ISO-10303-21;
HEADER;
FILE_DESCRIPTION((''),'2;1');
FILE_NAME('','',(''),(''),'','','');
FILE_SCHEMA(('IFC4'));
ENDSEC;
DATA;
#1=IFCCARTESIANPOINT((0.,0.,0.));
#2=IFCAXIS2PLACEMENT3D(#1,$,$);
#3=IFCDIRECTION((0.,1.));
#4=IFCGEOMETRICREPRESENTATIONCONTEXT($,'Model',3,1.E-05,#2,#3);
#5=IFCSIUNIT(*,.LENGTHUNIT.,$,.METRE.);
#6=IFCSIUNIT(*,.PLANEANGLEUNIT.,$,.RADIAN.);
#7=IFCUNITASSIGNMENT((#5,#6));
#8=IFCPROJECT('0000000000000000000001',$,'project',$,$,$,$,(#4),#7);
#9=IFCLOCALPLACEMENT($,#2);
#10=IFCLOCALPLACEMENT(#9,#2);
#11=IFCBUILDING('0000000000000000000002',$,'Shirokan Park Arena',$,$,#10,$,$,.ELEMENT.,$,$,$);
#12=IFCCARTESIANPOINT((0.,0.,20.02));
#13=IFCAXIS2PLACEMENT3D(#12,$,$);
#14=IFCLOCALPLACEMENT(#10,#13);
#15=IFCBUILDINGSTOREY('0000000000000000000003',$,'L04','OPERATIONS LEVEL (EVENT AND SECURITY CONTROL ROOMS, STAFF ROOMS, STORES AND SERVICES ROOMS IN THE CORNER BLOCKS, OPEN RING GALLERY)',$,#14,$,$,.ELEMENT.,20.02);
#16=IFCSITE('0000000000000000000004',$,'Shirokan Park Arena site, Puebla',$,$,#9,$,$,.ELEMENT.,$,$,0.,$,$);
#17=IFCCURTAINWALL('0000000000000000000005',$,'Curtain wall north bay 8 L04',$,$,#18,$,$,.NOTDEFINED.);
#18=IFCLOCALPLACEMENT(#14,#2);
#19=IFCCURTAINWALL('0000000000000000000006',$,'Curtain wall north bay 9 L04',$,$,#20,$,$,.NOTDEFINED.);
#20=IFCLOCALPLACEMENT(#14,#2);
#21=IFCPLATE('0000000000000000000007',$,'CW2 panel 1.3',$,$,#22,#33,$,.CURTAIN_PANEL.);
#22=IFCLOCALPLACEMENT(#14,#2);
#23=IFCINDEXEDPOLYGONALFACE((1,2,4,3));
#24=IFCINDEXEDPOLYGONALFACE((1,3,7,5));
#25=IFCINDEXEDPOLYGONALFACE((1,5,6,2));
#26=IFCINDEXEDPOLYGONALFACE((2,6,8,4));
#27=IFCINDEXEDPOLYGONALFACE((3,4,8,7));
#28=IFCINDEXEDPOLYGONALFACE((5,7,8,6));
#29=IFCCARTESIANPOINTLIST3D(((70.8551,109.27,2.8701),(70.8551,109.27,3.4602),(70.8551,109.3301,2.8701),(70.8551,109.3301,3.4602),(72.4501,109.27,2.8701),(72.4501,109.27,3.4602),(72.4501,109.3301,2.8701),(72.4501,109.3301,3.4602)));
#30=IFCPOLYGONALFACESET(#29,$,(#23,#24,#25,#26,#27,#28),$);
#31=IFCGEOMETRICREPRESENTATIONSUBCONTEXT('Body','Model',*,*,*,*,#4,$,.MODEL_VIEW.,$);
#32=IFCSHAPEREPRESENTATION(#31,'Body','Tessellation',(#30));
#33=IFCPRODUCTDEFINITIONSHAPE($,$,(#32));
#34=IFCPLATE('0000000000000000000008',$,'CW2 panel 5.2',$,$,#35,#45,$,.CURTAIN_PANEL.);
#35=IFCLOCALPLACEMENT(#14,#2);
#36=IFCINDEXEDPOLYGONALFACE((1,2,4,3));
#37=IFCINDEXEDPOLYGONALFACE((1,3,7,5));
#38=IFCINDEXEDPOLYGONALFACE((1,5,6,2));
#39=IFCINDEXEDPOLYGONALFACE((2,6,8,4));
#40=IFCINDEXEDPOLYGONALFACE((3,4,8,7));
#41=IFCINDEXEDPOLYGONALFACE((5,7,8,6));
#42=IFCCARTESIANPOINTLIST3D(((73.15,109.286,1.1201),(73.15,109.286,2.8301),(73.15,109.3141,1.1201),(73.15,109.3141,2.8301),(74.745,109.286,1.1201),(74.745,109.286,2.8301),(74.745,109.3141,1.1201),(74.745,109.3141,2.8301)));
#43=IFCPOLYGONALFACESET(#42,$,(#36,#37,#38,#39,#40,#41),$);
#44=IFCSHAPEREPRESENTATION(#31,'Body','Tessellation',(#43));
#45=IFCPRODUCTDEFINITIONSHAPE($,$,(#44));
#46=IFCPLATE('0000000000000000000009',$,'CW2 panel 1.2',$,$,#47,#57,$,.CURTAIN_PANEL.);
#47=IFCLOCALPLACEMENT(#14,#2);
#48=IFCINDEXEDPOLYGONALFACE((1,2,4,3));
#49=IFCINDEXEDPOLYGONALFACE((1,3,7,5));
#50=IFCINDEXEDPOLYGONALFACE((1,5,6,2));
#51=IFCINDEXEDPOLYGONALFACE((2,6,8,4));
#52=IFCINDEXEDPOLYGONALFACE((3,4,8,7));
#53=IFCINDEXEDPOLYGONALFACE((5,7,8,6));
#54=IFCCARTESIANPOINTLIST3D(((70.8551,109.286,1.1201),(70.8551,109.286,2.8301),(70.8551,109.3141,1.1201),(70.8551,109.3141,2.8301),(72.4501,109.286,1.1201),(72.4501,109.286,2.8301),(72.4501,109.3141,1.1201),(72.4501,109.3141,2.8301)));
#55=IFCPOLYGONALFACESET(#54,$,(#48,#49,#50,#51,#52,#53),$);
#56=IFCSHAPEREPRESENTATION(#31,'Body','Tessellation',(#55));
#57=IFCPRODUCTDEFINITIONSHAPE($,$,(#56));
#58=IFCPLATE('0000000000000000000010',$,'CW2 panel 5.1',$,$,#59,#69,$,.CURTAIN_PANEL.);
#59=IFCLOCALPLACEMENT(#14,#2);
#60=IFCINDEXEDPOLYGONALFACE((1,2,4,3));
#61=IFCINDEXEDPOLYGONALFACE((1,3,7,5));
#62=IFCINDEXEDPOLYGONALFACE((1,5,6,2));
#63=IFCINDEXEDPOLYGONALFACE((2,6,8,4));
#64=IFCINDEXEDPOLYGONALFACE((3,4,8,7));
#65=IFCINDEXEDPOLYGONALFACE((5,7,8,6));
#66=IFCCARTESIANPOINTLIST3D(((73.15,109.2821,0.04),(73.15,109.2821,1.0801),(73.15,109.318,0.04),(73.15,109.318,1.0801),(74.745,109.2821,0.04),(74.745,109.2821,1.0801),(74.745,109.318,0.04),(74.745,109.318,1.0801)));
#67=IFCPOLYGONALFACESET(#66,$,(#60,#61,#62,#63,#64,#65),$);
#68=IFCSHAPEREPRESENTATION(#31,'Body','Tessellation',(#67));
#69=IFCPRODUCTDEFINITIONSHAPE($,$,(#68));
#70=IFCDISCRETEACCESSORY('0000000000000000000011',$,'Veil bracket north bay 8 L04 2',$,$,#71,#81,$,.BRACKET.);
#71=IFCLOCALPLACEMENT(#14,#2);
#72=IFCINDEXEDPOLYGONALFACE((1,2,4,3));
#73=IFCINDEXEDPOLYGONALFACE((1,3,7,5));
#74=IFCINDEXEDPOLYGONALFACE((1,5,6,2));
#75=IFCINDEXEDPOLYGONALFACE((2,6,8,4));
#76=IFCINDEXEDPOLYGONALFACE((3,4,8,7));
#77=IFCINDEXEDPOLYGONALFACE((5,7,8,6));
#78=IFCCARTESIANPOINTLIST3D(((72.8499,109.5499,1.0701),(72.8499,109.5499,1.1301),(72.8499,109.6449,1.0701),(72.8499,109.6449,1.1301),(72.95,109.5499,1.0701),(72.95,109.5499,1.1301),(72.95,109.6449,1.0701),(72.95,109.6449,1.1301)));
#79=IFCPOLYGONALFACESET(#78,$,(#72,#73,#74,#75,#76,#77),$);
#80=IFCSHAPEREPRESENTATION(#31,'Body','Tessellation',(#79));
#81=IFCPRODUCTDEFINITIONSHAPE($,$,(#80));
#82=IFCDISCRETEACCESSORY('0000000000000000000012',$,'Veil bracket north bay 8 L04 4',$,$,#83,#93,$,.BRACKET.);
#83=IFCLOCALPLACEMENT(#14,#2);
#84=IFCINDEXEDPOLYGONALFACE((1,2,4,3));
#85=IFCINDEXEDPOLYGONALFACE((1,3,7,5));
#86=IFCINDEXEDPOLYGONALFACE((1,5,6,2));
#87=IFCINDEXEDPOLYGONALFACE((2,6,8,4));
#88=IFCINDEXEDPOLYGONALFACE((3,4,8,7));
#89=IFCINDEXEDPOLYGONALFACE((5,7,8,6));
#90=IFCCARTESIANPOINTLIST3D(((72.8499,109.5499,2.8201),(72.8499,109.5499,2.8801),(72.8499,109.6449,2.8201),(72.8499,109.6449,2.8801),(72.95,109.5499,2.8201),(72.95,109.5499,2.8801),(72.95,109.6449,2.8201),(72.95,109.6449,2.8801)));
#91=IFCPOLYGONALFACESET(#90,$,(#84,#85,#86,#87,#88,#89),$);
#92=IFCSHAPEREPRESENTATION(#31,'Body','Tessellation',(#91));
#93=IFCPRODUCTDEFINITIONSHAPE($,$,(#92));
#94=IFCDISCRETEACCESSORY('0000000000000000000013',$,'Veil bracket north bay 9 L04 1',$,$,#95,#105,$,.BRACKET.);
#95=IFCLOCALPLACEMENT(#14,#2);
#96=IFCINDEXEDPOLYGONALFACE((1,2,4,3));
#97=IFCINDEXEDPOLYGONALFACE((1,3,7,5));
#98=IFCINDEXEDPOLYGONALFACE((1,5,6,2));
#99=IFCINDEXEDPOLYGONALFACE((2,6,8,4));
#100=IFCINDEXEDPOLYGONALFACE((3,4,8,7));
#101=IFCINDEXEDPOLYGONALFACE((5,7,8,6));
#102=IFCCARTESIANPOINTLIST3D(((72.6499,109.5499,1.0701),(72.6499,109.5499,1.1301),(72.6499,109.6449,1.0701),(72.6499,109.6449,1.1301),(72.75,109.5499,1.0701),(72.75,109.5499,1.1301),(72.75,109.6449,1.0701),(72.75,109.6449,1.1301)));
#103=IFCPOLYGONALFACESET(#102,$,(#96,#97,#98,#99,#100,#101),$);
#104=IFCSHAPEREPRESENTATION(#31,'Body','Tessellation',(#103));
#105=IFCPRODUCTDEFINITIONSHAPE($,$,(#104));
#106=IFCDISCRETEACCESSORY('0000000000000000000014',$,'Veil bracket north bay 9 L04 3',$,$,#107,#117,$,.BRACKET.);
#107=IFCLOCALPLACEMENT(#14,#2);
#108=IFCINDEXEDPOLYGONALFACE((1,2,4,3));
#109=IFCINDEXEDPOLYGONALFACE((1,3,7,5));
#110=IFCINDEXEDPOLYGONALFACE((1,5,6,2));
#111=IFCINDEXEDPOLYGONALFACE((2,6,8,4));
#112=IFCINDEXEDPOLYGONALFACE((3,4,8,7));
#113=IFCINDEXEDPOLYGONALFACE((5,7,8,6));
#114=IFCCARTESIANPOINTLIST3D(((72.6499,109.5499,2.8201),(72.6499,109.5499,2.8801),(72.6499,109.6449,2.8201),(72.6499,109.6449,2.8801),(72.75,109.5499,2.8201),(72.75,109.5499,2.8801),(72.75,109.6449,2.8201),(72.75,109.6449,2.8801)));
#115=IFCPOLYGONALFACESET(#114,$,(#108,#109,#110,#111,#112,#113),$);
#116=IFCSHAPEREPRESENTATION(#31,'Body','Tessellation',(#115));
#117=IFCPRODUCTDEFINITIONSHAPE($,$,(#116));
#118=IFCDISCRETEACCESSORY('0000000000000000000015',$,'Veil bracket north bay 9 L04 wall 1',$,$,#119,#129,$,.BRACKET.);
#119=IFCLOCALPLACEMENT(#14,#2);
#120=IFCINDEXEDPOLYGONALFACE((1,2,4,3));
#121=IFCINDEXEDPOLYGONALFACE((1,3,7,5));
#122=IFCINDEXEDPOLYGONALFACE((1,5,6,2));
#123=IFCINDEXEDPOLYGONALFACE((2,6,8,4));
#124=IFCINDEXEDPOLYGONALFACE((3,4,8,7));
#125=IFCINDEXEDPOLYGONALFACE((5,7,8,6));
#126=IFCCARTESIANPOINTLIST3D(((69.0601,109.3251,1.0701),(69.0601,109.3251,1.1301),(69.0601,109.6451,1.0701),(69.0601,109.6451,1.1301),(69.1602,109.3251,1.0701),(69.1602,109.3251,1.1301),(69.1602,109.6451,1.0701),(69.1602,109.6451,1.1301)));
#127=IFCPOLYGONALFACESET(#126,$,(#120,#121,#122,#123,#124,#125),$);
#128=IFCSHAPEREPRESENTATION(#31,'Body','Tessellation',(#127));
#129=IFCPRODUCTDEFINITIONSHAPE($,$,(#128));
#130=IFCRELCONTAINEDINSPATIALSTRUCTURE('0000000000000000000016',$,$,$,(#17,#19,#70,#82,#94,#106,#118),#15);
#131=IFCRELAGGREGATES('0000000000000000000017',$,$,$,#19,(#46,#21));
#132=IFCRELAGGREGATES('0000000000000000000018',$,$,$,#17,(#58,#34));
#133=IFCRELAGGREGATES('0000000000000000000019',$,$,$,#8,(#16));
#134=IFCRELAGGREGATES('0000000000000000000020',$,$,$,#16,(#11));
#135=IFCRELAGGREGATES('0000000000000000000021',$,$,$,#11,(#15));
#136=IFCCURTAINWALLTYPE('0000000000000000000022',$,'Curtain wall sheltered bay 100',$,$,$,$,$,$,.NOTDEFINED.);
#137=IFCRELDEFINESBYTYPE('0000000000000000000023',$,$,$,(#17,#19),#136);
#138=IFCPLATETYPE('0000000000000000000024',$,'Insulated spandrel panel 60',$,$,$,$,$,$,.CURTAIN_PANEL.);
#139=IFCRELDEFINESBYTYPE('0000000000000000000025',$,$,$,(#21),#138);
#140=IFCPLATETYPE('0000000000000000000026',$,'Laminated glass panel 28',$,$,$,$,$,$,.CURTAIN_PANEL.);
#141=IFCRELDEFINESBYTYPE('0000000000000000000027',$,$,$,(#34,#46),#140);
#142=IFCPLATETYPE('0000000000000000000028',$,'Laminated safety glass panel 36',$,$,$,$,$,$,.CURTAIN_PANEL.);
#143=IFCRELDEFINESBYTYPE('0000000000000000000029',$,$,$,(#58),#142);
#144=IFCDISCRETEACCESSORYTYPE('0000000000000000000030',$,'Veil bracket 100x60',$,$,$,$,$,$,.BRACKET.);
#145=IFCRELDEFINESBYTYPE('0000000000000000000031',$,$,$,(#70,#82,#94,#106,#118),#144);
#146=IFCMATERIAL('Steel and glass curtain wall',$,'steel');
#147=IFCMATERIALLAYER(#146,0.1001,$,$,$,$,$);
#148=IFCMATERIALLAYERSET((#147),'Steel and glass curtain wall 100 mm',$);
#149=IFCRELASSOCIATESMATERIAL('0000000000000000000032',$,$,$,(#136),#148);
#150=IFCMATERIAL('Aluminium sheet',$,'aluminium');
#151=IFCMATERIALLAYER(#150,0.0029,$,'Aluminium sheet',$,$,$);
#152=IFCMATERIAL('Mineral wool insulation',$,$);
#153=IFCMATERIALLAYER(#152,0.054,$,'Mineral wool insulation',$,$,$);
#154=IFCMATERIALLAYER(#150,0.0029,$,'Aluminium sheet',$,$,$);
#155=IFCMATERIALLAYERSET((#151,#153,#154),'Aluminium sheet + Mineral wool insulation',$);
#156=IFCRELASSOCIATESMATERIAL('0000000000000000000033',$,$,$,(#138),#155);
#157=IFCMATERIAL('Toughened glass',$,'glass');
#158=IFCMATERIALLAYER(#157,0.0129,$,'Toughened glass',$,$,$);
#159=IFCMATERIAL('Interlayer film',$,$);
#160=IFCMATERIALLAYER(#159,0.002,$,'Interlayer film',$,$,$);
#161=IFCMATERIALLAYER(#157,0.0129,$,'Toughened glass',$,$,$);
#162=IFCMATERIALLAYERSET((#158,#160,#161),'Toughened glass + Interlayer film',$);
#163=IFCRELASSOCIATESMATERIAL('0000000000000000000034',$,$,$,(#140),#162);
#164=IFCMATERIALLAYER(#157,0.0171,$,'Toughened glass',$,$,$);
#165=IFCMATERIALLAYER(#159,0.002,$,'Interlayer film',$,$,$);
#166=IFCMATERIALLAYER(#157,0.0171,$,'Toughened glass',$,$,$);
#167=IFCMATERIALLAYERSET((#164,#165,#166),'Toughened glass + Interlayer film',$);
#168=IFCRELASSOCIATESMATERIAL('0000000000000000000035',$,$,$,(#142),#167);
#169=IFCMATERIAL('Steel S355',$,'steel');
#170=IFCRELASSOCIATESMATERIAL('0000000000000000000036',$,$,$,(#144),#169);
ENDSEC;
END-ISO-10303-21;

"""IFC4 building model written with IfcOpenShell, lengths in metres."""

from ifc_helpers import new_model, si_unit, direction, frame, origin, origin_2d, place, context, subcontext, project, spatial, rectangle, extrude, material, layer, layer_set, type_object, element, aggregate, save


model = new_model("IFC4")

# Units and contexts
model_context = context("Model", 3, precision=1e-05, world=origin(), true_north=direction((0.0, 1.0)))
body_context = subcontext(model_context, "Body", "Model", "MODEL_VIEW")
ifc_project = project(units=[si_unit("LENGTHUNIT", "METRE"), si_unit("PLANEANGLEUNIT", "RADIAN")], contexts=[model_context])

# Site, building, storey
site_placement = place(None, origin())
site = spatial("IfcSite", under=ifc_project, at=site_placement, Name="Shirokan Park Arena site, Puebla", CompositionType="ELEMENT", RefElevation=0.0)
building_placement = place(site_placement, origin())
building = spatial("IfcBuilding", under=site, at=building_placement, Name="Shirokan Park Arena", CompositionType="ELEMENT")
storey_placement = place(building_placement, frame((0.0, 0.0, 20.02)))
storey = spatial("IfcBuildingStorey", under=building, at=storey_placement, Name="L04", Description="OPERATIONS LEVEL (EVENT AND SECURITY CONTROL ROOMS, STAFF ROOMS, STORES AND SERVICES ROOMS IN THE CORNER BLOCKS, OPEN RING GALLERY)", CompositionType="ELEMENT", Elevation=20.02)

# Curtain walls
ifc_material_1 = material(Name="Steel and glass curtain wall", Category="steel")
ifc_layer_1 = layer(ifc_material_1, 0.1001)
ifc_layer_set_1 = layer_set([ifc_layer_1], Name="Steel and glass curtain wall 100 mm")
curtain_wall_type = type_object("IfcCurtainWallType", Name="Curtain wall sheltered bay 100", PredefinedType="NOTDEFINED", material=ifc_layer_set_1)
curtain_wall_1_placement = place(storey_placement, origin())
curtain_wall_1 = element("IfcCurtainWall", 1, at=curtain_wall_1_placement, inside=storey, type_object=curtain_wall_type, Name="Curtain wall north bay 8 L04", PredefinedType="NOTDEFINED")
ifc_material_2 = material(Name="Steel S355", Category="steel")
curtain_wall_2_placement = place(storey_placement, origin())
curtain_wall_2 = element("IfcCurtainWall", 2, at=curtain_wall_2_placement, inside=storey, type_object=curtain_wall_type, Name="Curtain wall north bay 9 L04", PredefinedType="NOTDEFINED")

# Plates
ifc_material_3 = material(Name="Aluminium sheet", Category="aluminium")
ifc_layer_2 = layer(ifc_material_3, 0.0029, Name="Aluminium sheet")
ifc_material_4 = material(Name="Mineral wool insulation")
ifc_layer_3 = layer(ifc_material_4, 0.054, Name="Mineral wool insulation")
ifc_layer_4 = layer(ifc_material_3, 0.0029, Name="Aluminium sheet")
ifc_layer_set_2 = layer_set([ifc_layer_2, ifc_layer_3, ifc_layer_4], Name="Aluminium sheet + Mineral wool insulation")
plate_type_1 = type_object("IfcPlateType", Name="Insulated spandrel panel 60", PredefinedType="CURTAIN_PANEL", material=ifc_layer_set_2)
plate_1_placement = place(storey_placement, frame((71.6526, 109.3, 2.8701), z_axis=(0.0, 0.0, 1.0), x_axis=(-1.0, 0.0, 0.0)))
plate_1 = element("IfcPlate", 3, at=plate_1_placement, type_object=plate_type_1, Name="CW2 panel 1.3", PredefinedType="CURTAIN_PANEL", context=body_context, shape_type="SweptSolid", body=[
    extrude(rectangle(XDim=1.595, YDim=0.0601, at=origin_2d()), origin(), (0.0, 0.0, 1.0), 0.5901),
])
ifc_material_5 = material(Name="Toughened glass", Category="glass")
ifc_layer_5 = layer(ifc_material_5, 0.0129, Name="Toughened glass")
ifc_material_6 = material(Name="Interlayer film")
ifc_layer_6 = layer(ifc_material_6, 0.002, Name="Interlayer film")
ifc_layer_7 = layer(ifc_material_5, 0.0129, Name="Toughened glass")
ifc_layer_set_3 = layer_set([ifc_layer_5, ifc_layer_6, ifc_layer_7], Name="Toughened glass + Interlayer film")
plate_type_2 = type_object("IfcPlateType", Name="Laminated glass panel 28", PredefinedType="CURTAIN_PANEL", material=ifc_layer_set_3)
plate_2_placement = place(storey_placement, frame((73.9475, 109.3, 1.1201), z_axis=(0.0, 0.0, 1.0), x_axis=(-1.0, 0.0, 0.0)))
plate_2 = element("IfcPlate", 4, at=plate_2_placement, type_object=plate_type_2, Name="CW2 panel 5.2", PredefinedType="CURTAIN_PANEL", context=body_context, shape_type="SweptSolid", body=[
    extrude(rectangle(XDim=1.595, YDim=0.0281, at=origin_2d()), origin(), (0.0, 0.0, 1.0), 1.71),
])
plate_3_placement = place(storey_placement, frame((71.6526, 109.3, 1.1201), z_axis=(0.0, 0.0, 1.0), x_axis=(-1.0, 0.0, 0.0)))
plate_3 = element("IfcPlate", 5, at=plate_3_placement, type_object=plate_type_2, Name="CW2 panel 1.2", PredefinedType="CURTAIN_PANEL", context=body_context, shape_type="SweptSolid", body=[
    extrude(rectangle(XDim=1.595, YDim=0.0281, at=origin_2d()), origin(), (0.0, 0.0, 1.0), 1.71),
])
aggregate(curtain_wall_2, [plate_3, plate_1])
ifc_layer_8 = layer(ifc_material_5, 0.0171, Name="Toughened glass")
ifc_layer_9 = layer(ifc_material_6, 0.002, Name="Interlayer film")
ifc_layer_10 = layer(ifc_material_5, 0.0171, Name="Toughened glass")
ifc_layer_set_4 = layer_set([ifc_layer_8, ifc_layer_9, ifc_layer_10], Name="Toughened glass + Interlayer film")
plate_type_3 = type_object("IfcPlateType", Name="Laminated safety glass panel 36", PredefinedType="CURTAIN_PANEL", material=ifc_layer_set_4)
plate_4_placement = place(storey_placement, frame((73.9475, 109.3, 0.04), z_axis=(0.0, 0.0, 1.0), x_axis=(-1.0, 0.0, 0.0)))
plate_4 = element("IfcPlate", 6, at=plate_4_placement, type_object=plate_type_3, Name="CW2 panel 5.1", PredefinedType="CURTAIN_PANEL", context=body_context, shape_type="SweptSolid", body=[
    extrude(rectangle(XDim=1.595, YDim=0.0359, at=origin_2d()), origin(), (0.0, 0.0, 1.0), 1.04),
])
aggregate(curtain_wall_1, [plate_4, plate_2])

# Discrete accessories
discrete_accessory_type = type_object("IfcDiscreteAccessoryType", Name="Veil bracket 100x60", PredefinedType="BRACKET", material=ifc_material_2)
for number, where, z_axis, x_axis, name in (
    (7, (72.8999, 109.5974, 1.0701), (0.0, 0.0, 1.0), (-1.0, 0.0, 0.0), "Veil bracket north bay 8 L04 2"),
    (8, (72.8999, 109.5974, 2.8201), (0.0, 0.0, 1.0), (-1.0, 0.0, 0.0), "Veil bracket north bay 8 L04 4"),
    (9, (72.7, 109.5974, 1.0701), (0.0, 0.0, 1.0), (-1.0, 0.0, 0.0), "Veil bracket north bay 9 L04 1"),
    (10, (72.7, 109.5974, 2.8201), (0.0, 0.0, 1.0), (-1.0, 0.0, 0.0), "Veil bracket north bay 9 L04 3"),
):
    element("IfcDiscreteAccessory", number, at=place(storey_placement, frame(where, z_axis=z_axis, x_axis=x_axis)), inside=storey, type_object=discrete_accessory_type, Name=name, PredefinedType="BRACKET", context=body_context, shape_type="SweptSolid", body=[
        extrude(rectangle(XDim=0.1001, YDim=0.095, at=origin_2d()), origin(), (0.0, 0.0, 1.0), 0.0601),
    ])
discrete_accessory_placement = place(storey_placement, frame((69.1101, 109.4851, 1.0701), z_axis=(0.0, 0.0, 1.0), x_axis=(-1.0, 0.0, 0.0)))
element("IfcDiscreteAccessory", 11, at=discrete_accessory_placement, inside=storey, type_object=discrete_accessory_type, Name="Veil bracket north bay 9 L04 wall 1", PredefinedType="BRACKET", context=body_context, shape_type="SweptSolid", body=[
    extrude(rectangle(XDim=0.1001, YDim=0.3201, at=origin_2d()), origin(), (0.0, 0.0, 1.0), 0.0601),
])

save(model, "model.ifc")
